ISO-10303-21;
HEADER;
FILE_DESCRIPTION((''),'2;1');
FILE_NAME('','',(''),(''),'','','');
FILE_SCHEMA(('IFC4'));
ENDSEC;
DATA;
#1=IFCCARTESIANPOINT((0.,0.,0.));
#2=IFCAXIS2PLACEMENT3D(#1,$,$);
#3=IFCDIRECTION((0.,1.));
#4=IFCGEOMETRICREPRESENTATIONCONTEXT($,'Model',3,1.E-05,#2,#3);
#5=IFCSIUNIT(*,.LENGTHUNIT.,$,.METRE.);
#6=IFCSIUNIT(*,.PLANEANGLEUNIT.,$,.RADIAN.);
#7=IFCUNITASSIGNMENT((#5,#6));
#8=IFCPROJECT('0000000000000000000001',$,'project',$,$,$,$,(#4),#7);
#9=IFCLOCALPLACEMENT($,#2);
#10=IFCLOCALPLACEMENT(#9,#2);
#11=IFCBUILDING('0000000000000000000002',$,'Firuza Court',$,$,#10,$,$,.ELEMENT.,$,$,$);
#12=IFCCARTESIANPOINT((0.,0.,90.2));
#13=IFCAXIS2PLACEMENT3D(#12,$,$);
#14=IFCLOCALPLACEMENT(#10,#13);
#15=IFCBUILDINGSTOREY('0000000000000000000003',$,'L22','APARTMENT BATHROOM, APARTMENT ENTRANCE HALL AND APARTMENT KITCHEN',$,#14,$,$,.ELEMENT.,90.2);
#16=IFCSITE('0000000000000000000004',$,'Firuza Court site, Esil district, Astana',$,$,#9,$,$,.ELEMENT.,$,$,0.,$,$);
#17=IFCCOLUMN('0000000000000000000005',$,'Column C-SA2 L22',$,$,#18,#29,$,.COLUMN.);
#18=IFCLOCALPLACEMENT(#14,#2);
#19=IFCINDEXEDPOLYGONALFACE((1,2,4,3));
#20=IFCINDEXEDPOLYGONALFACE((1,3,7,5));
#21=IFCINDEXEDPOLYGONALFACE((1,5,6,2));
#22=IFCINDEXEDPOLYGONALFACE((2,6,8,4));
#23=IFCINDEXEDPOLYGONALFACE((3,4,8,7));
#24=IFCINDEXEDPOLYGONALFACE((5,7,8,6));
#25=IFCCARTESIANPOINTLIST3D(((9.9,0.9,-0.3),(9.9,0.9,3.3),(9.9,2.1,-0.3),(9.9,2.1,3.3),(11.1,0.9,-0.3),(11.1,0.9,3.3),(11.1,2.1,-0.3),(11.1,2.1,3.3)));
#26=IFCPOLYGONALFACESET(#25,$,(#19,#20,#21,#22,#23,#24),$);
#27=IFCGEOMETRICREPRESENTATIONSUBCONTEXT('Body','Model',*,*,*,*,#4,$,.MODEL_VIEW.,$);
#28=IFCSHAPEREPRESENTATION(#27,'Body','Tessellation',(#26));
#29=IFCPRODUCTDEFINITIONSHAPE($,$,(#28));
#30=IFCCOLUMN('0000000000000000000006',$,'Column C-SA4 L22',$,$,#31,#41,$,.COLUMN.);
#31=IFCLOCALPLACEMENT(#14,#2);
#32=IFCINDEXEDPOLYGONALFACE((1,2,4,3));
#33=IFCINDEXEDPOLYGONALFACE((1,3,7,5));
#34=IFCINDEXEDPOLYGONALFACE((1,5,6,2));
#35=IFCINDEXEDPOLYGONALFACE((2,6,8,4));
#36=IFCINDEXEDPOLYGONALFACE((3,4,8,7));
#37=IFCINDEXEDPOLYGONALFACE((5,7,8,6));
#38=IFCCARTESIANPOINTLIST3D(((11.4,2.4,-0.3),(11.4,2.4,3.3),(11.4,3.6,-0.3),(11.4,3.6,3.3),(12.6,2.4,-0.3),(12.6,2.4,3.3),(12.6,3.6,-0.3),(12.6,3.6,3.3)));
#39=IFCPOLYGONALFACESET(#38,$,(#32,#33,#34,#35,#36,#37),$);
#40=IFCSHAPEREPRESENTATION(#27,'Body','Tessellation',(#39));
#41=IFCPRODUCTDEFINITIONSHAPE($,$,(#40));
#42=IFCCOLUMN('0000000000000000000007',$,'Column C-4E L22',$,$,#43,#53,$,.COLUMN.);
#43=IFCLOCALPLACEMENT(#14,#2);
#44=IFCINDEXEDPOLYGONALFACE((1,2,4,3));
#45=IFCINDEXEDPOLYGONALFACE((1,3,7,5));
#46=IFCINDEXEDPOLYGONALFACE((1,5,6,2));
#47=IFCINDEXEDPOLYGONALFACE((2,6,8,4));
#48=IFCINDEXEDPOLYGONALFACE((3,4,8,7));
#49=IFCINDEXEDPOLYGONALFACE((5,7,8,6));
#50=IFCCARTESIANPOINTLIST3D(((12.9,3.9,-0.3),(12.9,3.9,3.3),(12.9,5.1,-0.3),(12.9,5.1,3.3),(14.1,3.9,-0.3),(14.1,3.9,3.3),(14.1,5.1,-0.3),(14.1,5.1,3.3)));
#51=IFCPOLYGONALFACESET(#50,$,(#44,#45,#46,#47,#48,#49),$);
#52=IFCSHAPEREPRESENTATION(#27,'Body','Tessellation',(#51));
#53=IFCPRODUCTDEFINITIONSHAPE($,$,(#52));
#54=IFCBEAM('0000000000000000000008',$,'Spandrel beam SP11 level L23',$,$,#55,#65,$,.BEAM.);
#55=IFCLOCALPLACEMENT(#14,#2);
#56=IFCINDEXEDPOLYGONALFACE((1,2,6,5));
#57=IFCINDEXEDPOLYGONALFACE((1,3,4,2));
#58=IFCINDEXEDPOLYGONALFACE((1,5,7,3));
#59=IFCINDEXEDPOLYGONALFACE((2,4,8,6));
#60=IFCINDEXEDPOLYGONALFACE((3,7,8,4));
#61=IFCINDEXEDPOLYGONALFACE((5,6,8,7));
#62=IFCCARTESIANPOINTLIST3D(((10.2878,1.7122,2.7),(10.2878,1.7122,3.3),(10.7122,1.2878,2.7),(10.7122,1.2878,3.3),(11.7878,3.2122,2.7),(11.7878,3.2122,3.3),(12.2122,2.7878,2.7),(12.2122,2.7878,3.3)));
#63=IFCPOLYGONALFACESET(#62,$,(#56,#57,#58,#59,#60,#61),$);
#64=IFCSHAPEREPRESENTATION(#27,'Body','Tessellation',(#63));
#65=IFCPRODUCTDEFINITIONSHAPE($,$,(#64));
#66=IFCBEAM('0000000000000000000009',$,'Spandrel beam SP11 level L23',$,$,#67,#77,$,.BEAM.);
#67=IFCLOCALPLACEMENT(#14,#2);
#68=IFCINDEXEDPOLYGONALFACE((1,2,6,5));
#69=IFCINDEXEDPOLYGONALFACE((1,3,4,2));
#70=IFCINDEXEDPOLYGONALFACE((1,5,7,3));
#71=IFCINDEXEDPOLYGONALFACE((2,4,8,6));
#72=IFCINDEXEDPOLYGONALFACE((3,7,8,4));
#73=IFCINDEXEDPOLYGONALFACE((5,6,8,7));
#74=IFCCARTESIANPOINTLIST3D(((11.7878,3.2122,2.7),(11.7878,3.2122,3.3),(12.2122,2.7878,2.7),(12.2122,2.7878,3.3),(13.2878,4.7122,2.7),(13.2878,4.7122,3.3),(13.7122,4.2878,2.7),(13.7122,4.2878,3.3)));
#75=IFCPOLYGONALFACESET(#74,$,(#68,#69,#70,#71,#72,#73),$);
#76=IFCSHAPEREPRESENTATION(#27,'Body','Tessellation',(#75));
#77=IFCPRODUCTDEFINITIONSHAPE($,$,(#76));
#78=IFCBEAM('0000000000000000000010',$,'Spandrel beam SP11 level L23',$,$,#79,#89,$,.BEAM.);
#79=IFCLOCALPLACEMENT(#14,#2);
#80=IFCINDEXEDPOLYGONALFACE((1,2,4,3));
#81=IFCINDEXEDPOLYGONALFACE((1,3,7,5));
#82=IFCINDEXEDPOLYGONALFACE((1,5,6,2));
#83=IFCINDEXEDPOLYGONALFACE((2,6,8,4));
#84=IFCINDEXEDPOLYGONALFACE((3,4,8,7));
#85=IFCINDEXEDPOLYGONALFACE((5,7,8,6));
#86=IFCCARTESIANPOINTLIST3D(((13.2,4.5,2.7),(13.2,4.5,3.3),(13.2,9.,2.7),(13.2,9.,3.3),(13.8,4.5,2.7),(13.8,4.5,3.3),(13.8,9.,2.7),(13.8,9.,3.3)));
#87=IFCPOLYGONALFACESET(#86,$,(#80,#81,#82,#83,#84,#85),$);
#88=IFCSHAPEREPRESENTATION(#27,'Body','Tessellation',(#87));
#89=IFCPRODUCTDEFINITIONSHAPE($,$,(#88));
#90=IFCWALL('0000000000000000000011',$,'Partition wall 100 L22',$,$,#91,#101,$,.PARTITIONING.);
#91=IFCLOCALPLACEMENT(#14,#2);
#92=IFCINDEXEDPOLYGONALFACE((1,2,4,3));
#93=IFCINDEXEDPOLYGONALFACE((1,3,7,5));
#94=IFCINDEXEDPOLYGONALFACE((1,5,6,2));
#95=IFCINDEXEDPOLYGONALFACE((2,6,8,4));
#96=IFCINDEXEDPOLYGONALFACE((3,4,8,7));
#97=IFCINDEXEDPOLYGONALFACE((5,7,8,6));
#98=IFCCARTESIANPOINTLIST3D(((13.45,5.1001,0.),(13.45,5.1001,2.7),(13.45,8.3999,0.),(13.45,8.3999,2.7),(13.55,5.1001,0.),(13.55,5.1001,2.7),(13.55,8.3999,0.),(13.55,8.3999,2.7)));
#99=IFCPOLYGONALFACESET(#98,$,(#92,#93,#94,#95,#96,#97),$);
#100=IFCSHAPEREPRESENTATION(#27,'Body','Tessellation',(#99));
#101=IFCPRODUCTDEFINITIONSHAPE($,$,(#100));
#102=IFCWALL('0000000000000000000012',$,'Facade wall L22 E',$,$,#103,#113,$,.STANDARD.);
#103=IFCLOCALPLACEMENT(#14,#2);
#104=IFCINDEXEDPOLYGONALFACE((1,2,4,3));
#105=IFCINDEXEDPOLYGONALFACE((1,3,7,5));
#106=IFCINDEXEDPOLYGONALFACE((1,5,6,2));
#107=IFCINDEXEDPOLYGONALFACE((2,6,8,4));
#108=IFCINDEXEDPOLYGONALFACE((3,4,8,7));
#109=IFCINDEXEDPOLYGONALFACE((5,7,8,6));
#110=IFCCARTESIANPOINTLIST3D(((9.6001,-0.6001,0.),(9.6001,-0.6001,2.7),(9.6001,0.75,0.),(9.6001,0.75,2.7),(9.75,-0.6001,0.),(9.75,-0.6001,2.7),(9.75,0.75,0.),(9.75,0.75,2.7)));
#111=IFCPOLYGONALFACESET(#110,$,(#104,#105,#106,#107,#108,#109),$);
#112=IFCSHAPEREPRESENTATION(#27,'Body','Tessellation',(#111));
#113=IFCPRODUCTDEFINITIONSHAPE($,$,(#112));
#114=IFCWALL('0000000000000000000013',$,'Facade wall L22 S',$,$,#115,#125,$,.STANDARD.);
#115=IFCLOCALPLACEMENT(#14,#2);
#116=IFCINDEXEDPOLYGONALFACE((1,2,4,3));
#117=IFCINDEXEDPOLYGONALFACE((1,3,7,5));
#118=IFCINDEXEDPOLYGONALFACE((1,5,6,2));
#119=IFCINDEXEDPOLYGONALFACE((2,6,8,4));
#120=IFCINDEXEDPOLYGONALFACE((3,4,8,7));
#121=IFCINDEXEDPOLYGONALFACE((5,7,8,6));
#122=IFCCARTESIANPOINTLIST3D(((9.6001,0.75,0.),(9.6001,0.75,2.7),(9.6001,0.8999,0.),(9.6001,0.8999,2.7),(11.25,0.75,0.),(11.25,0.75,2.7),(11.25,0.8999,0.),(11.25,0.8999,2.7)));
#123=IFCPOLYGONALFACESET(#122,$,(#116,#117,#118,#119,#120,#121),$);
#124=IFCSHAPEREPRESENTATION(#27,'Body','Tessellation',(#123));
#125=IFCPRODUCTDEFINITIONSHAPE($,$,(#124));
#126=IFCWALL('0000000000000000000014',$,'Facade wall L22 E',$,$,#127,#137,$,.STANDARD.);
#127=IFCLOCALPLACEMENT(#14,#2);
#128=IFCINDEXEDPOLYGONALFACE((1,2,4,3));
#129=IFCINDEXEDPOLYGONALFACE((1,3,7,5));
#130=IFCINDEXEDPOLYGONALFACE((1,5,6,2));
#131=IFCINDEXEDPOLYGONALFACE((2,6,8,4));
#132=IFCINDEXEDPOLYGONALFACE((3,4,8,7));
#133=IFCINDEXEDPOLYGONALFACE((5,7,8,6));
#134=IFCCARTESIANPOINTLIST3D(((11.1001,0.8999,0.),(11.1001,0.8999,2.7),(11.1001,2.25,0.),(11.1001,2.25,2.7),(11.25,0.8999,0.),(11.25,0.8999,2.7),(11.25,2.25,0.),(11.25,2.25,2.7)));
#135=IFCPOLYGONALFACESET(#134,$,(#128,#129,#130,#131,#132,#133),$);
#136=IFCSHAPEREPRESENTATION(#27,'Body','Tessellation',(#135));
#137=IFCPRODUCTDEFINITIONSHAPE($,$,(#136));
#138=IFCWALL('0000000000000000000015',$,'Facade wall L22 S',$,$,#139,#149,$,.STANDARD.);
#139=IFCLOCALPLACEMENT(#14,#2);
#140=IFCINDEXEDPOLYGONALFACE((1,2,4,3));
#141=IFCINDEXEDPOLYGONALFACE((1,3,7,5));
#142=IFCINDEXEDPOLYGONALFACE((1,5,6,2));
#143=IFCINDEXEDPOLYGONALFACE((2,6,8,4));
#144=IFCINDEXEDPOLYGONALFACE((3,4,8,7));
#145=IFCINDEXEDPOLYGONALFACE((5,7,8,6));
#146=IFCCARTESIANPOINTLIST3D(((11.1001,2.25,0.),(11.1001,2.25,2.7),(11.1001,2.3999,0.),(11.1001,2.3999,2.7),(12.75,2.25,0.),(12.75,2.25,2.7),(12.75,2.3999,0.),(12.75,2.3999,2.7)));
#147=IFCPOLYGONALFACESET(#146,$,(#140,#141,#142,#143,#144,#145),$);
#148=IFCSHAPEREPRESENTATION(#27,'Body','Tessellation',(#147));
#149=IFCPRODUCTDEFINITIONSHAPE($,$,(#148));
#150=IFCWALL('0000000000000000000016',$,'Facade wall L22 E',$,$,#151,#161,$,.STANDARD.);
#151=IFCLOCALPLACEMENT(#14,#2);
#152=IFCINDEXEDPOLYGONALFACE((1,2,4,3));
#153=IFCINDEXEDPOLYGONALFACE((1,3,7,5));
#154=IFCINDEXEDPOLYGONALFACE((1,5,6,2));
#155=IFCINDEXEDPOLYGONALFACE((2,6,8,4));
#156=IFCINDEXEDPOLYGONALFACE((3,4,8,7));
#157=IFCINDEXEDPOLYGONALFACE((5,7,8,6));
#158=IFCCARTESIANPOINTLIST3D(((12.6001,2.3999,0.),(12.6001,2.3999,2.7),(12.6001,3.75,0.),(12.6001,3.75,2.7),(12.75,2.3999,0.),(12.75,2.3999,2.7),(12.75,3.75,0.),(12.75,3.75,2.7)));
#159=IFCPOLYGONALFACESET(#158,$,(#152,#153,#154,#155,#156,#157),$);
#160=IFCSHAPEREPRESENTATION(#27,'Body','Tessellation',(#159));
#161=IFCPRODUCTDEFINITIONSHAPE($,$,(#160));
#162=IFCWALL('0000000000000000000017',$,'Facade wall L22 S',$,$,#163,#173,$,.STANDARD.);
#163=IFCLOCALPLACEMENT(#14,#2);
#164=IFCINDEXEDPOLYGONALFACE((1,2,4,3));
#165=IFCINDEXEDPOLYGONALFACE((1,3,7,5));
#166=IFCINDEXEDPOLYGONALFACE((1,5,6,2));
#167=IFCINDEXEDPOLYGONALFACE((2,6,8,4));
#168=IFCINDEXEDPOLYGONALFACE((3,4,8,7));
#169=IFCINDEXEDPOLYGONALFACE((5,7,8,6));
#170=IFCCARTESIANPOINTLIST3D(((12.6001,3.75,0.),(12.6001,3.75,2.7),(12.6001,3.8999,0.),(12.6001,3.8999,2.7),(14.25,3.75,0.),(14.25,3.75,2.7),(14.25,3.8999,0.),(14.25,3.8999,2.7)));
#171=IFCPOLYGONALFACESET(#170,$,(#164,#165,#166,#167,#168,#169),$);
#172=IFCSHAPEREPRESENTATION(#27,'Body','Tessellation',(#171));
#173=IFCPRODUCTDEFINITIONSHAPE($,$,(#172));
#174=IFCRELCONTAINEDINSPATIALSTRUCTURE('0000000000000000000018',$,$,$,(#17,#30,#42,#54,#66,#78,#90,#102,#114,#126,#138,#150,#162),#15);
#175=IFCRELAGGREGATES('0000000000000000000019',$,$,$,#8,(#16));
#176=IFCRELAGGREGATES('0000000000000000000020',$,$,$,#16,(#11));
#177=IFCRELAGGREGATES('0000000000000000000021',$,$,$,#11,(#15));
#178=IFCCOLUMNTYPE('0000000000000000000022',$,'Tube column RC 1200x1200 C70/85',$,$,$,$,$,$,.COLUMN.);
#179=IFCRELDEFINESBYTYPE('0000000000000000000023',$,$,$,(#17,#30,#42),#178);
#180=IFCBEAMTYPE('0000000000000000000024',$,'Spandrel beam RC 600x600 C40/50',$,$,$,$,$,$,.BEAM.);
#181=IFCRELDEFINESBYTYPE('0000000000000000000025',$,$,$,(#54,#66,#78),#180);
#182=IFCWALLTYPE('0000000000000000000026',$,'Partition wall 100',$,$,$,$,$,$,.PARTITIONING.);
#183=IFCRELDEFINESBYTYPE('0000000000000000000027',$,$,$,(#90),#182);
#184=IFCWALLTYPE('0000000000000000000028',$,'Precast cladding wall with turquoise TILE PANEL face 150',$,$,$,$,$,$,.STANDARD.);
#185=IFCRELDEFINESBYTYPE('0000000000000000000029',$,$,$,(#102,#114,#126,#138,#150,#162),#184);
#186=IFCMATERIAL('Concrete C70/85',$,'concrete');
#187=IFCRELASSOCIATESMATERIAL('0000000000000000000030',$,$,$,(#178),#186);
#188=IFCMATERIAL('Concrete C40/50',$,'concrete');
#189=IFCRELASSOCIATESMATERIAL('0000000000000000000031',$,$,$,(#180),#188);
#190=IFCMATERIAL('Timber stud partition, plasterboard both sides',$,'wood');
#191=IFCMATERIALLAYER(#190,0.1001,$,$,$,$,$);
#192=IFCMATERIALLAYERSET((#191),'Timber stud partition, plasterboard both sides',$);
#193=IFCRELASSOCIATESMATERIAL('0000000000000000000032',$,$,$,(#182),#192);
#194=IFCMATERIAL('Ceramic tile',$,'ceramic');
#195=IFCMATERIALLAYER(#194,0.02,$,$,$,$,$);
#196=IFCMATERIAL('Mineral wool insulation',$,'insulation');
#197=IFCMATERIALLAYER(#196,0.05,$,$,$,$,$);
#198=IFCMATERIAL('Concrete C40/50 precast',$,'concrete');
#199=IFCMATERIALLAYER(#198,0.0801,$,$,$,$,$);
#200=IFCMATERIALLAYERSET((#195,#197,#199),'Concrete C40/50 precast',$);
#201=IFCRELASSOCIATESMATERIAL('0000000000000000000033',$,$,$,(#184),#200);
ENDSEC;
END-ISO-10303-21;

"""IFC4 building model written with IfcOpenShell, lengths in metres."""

from ifc_helpers import new_model, si_unit, direction, frame, frame_2d, origin, origin_2d, place, context, subcontext, project, spatial, rectangle, extrude, material, layer, layer_set, material_profile, profile_set, type_object, element, save


model = new_model("IFC4")

# Units and contexts
model_context = context("Model", 3, precision=1e-05, world=origin(), true_north=direction((0.0, 1.0)))
body_context = subcontext(model_context, "Body", "Model", "MODEL_VIEW")
ifc_project = project(units=[si_unit("LENGTHUNIT", "METRE"), si_unit("PLANEANGLEUNIT", "RADIAN")], contexts=[model_context])

# Site, building, storey
site_placement = place(None, origin())
site = spatial("IfcSite", under=ifc_project, at=site_placement, Name="Firuza Court site, Esil district, Astana", CompositionType="ELEMENT", RefElevation=0.0)
building_placement = place(site_placement, origin())
building = spatial("IfcBuilding", under=site, at=building_placement, Name="Firuza Court", CompositionType="ELEMENT")
storey_placement = place(building_placement, frame((0.0, 0.0, 90.2)))
storey = spatial("IfcBuildingStorey", under=building, at=storey_placement, Name="L22", Description="APARTMENT BATHROOM, APARTMENT ENTRANCE HALL AND APARTMENT KITCHEN", CompositionType="ELEMENT", Elevation=90.2)

# Columns
ifc_material_1 = material(Name="Concrete C70/85", Category="concrete")
ifc_material_profile_1 = material_profile(ifc_material_1, rectangle(XDim=1.2, YDim=1.2, at=origin_2d()), Name="RC 1200x1200")
ifc_profile_set_1 = profile_set([ifc_material_profile_1], Name="Concrete C70/85")
column_type = type_object("IfcColumnType", Name="Tube column RC 1200x1200 C70/85", PredefinedType="COLUMN", material=ifc_profile_set_1)
for number, where, z_axis, x_axis, name in (
    (1, (10.5, 1.5, -0.3), (0.0, 0.0, 1.0), (1.0, 0.0, 0.0), "Column C-SA2 L22"),
    (2, (12.0, 3.0, -0.3), (0.0, 0.0, 1.0), (1.0, 0.0, 0.0), "Column C-SA4 L22"),
    (3, (13.5, 4.5, -0.3), (0.0, 0.0, 1.0), (1.0, 0.0, 0.0), "Column C-4E L22"),
):
    element("IfcColumn", number, at=place(storey_placement, frame(where, z_axis=z_axis, x_axis=x_axis)), inside=storey, type_object=column_type, Name=name, PredefinedType="COLUMN", context=body_context, shape_type="SweptSolid", body=[
        extrude(rectangle(XDim=1.2, YDim=1.2, at=origin_2d()), origin(), (0.0, 0.0, 1.0), 3.6001),
    ])

# Beams
ifc_material_2 = material(Name="Concrete C40/50", Category="concrete")
ifc_material_profile_2 = material_profile(ifc_material_2, rectangle(XDim=0.6001, YDim=0.6001, at=origin_2d()), Name="RC 600x600")
ifc_profile_set_2 = profile_set([ifc_material_profile_2], Name="Concrete C40/50")
beam_type = type_object("IfcBeamType", Name="Spandrel beam RC 600x600 C40/50", PredefinedType="BEAM", material=ifc_profile_set_2)
for number, where, z_axis, x_axis, name in (
    (4, (10.5, 1.5, 3.0), (0.707107, 0.707107, 0.0), (-0.707107, 0.707107, 0.0), "Spandrel beam SP11 level L23"),
    (5, (12.0, 3.0, 3.0), (0.707107, 0.707107, 0.0), (-0.707107, 0.707107, 0.0), "Spandrel beam SP11 level L23"),
):
    element("IfcBeam", number, at=place(storey_placement, frame(where, z_axis=z_axis, x_axis=x_axis)), inside=storey, type_object=beam_type, Name=name, PredefinedType="BEAM", context=body_context, shape_type="SweptSolid", body=[
        extrude(rectangle(XDim=0.6001, YDim=0.6001, at=origin_2d()), origin(), (0.0, 0.0, 1.0), 2.1213),
    ])
beam_placement = place(storey_placement, frame((13.5, 4.5, 3.0), z_axis=(0.0, 1.0, 0.0), x_axis=(-1.0, 0.0, 0.0)))
element("IfcBeam", 6, at=beam_placement, inside=storey, type_object=beam_type, Name="Spandrel beam SP11 level L23", PredefinedType="BEAM", context=body_context, shape_type="SweptSolid", body=[
    extrude(rectangle(XDim=0.6001, YDim=0.6001, at=origin_2d()), origin(), (0.0, 0.0, 1.0), 4.5),
])

# Walls
ifc_material_3 = material(Name="Timber stud partition, plasterboard both sides", Category="wood")
ifc_layer_1 = layer(ifc_material_3, 0.1001)
ifc_layer_set_1 = layer_set([ifc_layer_1], Name="Timber stud partition, plasterboard both sides")
wall_type_1 = type_object("IfcWallType", Name="Partition wall 100", PredefinedType="PARTITIONING", material=ifc_layer_set_1)
wall_1_placement = place(storey_placement, frame((13.5, 5.1001, 0.0), z_axis=(0.0, 0.0, 1.0), x_axis=(0.0, 1.0, 0.0)))
element("IfcWall", 7, at=wall_1_placement, inside=storey, type_object=wall_type_1, Name="Partition wall 100 L22", PredefinedType="PARTITIONING", context=body_context, shape_type="SweptSolid", body=[
    extrude(rectangle(XDim=3.2998, YDim=0.1001, at=frame_2d((1.6499, 0.0))), origin(), (0.0, 0.0, 1.0), 2.7),
])
ifc_material_4 = material(Name="Ceramic tile", Category="ceramic")
ifc_layer_2 = layer(ifc_material_4, 0.02)
ifc_material_5 = material(Name="Mineral wool insulation", Category="insulation")
ifc_layer_3 = layer(ifc_material_5, 0.05)
ifc_material_6 = material(Name="Concrete C40/50 precast", Category="concrete")
ifc_layer_4 = layer(ifc_material_6, 0.0801)
ifc_layer_set_2 = layer_set([ifc_layer_2, ifc_layer_3, ifc_layer_4], Name="Concrete C40/50 precast")
wall_type_2 = type_object("IfcWallType", Name="Precast cladding wall with turquoise TILE PANEL face 150", PredefinedType="STANDARD", material=ifc_layer_set_2)
wall_2_placement = place(storey_placement, frame((9.675, -0.6001, 0.0), z_axis=(0.0, 0.0, 1.0), x_axis=(0.0, 1.0, 0.0)))
element("IfcWall", 8, at=wall_2_placement, inside=storey, type_object=wall_type_2, Name="Facade wall L22 E", PredefinedType="STANDARD", context=body_context, shape_type="SweptSolid", body=[
    extrude(rectangle(XDim=1.3501, YDim=0.1499, at=frame_2d((0.675, 0.0))), origin(), (0.0, 0.0, 1.0), 2.7),
])
wall_3_placement = place(storey_placement, frame((9.6001, 0.825, 0.0), z_axis=(0.0, 0.0, 1.0), x_axis=(1.0, 0.0, 0.0)))
element("IfcWall", 9, at=wall_3_placement, inside=storey, type_object=wall_type_2, Name="Facade wall L22 S", PredefinedType="STANDARD", context=body_context, shape_type="SweptSolid", body=[
    extrude(rectangle(XDim=1.6499, YDim=0.1499, at=frame_2d((0.825, 0.0))), origin(), (0.0, 0.0, 1.0), 2.7),
])
wall_4_placement = place(storey_placement, frame((11.175, 0.8999, 0.0), z_axis=(0.0, 0.0, 1.0), x_axis=(0.0, 1.0, 0.0)))
element("IfcWall", 10, at=wall_4_placement, inside=storey, type_object=wall_type_2, Name="Facade wall L22 E", PredefinedType="STANDARD", context=body_context, shape_type="SweptSolid", body=[
    extrude(rectangle(XDim=1.3501, YDim=0.1499, at=frame_2d((0.675, 0.0))), origin(), (0.0, 0.0, 1.0), 2.7),
])
wall_5_placement = place(storey_placement, frame((11.1001, 2.325, 0.0), z_axis=(0.0, 0.0, 1.0), x_axis=(1.0, 0.0, 0.0)))
element("IfcWall", 11, at=wall_5_placement, inside=storey, type_object=wall_type_2, Name="Facade wall L22 S", PredefinedType="STANDARD", context=body_context, shape_type="SweptSolid", body=[
    extrude(rectangle(XDim=1.6499, YDim=0.1499, at=frame_2d((0.825, 0.0))), origin(), (0.0, 0.0, 1.0), 2.7),
])
wall_6_placement = place(storey_placement, frame((12.675, 2.3999, 0.0), z_axis=(0.0, 0.0, 1.0), x_axis=(0.0, 1.0, 0.0)))
element("IfcWall", 12, at=wall_6_placement, inside=storey, type_object=wall_type_2, Name="Facade wall L22 E", PredefinedType="STANDARD", context=body_context, shape_type="SweptSolid", body=[
    extrude(rectangle(XDim=1.3501, YDim=0.1499, at=frame_2d((0.675, 0.0))), origin(), (0.0, 0.0, 1.0), 2.7),
])
wall_7_placement = place(storey_placement, frame((12.6001, 3.825, 0.0), z_axis=(0.0, 0.0, 1.0), x_axis=(1.0, 0.0, 0.0)))
element("IfcWall", 13, at=wall_7_placement, inside=storey, type_object=wall_type_2, Name="Facade wall L22 S", PredefinedType="STANDARD", context=body_context, shape_type="SweptSolid", body=[
    extrude(rectangle(XDim=1.6499, YDim=0.1499, at=frame_2d((0.825, 0.0))), origin(), (0.0, 0.0, 1.0), 2.7),
])

save(model, "model.ifc")
